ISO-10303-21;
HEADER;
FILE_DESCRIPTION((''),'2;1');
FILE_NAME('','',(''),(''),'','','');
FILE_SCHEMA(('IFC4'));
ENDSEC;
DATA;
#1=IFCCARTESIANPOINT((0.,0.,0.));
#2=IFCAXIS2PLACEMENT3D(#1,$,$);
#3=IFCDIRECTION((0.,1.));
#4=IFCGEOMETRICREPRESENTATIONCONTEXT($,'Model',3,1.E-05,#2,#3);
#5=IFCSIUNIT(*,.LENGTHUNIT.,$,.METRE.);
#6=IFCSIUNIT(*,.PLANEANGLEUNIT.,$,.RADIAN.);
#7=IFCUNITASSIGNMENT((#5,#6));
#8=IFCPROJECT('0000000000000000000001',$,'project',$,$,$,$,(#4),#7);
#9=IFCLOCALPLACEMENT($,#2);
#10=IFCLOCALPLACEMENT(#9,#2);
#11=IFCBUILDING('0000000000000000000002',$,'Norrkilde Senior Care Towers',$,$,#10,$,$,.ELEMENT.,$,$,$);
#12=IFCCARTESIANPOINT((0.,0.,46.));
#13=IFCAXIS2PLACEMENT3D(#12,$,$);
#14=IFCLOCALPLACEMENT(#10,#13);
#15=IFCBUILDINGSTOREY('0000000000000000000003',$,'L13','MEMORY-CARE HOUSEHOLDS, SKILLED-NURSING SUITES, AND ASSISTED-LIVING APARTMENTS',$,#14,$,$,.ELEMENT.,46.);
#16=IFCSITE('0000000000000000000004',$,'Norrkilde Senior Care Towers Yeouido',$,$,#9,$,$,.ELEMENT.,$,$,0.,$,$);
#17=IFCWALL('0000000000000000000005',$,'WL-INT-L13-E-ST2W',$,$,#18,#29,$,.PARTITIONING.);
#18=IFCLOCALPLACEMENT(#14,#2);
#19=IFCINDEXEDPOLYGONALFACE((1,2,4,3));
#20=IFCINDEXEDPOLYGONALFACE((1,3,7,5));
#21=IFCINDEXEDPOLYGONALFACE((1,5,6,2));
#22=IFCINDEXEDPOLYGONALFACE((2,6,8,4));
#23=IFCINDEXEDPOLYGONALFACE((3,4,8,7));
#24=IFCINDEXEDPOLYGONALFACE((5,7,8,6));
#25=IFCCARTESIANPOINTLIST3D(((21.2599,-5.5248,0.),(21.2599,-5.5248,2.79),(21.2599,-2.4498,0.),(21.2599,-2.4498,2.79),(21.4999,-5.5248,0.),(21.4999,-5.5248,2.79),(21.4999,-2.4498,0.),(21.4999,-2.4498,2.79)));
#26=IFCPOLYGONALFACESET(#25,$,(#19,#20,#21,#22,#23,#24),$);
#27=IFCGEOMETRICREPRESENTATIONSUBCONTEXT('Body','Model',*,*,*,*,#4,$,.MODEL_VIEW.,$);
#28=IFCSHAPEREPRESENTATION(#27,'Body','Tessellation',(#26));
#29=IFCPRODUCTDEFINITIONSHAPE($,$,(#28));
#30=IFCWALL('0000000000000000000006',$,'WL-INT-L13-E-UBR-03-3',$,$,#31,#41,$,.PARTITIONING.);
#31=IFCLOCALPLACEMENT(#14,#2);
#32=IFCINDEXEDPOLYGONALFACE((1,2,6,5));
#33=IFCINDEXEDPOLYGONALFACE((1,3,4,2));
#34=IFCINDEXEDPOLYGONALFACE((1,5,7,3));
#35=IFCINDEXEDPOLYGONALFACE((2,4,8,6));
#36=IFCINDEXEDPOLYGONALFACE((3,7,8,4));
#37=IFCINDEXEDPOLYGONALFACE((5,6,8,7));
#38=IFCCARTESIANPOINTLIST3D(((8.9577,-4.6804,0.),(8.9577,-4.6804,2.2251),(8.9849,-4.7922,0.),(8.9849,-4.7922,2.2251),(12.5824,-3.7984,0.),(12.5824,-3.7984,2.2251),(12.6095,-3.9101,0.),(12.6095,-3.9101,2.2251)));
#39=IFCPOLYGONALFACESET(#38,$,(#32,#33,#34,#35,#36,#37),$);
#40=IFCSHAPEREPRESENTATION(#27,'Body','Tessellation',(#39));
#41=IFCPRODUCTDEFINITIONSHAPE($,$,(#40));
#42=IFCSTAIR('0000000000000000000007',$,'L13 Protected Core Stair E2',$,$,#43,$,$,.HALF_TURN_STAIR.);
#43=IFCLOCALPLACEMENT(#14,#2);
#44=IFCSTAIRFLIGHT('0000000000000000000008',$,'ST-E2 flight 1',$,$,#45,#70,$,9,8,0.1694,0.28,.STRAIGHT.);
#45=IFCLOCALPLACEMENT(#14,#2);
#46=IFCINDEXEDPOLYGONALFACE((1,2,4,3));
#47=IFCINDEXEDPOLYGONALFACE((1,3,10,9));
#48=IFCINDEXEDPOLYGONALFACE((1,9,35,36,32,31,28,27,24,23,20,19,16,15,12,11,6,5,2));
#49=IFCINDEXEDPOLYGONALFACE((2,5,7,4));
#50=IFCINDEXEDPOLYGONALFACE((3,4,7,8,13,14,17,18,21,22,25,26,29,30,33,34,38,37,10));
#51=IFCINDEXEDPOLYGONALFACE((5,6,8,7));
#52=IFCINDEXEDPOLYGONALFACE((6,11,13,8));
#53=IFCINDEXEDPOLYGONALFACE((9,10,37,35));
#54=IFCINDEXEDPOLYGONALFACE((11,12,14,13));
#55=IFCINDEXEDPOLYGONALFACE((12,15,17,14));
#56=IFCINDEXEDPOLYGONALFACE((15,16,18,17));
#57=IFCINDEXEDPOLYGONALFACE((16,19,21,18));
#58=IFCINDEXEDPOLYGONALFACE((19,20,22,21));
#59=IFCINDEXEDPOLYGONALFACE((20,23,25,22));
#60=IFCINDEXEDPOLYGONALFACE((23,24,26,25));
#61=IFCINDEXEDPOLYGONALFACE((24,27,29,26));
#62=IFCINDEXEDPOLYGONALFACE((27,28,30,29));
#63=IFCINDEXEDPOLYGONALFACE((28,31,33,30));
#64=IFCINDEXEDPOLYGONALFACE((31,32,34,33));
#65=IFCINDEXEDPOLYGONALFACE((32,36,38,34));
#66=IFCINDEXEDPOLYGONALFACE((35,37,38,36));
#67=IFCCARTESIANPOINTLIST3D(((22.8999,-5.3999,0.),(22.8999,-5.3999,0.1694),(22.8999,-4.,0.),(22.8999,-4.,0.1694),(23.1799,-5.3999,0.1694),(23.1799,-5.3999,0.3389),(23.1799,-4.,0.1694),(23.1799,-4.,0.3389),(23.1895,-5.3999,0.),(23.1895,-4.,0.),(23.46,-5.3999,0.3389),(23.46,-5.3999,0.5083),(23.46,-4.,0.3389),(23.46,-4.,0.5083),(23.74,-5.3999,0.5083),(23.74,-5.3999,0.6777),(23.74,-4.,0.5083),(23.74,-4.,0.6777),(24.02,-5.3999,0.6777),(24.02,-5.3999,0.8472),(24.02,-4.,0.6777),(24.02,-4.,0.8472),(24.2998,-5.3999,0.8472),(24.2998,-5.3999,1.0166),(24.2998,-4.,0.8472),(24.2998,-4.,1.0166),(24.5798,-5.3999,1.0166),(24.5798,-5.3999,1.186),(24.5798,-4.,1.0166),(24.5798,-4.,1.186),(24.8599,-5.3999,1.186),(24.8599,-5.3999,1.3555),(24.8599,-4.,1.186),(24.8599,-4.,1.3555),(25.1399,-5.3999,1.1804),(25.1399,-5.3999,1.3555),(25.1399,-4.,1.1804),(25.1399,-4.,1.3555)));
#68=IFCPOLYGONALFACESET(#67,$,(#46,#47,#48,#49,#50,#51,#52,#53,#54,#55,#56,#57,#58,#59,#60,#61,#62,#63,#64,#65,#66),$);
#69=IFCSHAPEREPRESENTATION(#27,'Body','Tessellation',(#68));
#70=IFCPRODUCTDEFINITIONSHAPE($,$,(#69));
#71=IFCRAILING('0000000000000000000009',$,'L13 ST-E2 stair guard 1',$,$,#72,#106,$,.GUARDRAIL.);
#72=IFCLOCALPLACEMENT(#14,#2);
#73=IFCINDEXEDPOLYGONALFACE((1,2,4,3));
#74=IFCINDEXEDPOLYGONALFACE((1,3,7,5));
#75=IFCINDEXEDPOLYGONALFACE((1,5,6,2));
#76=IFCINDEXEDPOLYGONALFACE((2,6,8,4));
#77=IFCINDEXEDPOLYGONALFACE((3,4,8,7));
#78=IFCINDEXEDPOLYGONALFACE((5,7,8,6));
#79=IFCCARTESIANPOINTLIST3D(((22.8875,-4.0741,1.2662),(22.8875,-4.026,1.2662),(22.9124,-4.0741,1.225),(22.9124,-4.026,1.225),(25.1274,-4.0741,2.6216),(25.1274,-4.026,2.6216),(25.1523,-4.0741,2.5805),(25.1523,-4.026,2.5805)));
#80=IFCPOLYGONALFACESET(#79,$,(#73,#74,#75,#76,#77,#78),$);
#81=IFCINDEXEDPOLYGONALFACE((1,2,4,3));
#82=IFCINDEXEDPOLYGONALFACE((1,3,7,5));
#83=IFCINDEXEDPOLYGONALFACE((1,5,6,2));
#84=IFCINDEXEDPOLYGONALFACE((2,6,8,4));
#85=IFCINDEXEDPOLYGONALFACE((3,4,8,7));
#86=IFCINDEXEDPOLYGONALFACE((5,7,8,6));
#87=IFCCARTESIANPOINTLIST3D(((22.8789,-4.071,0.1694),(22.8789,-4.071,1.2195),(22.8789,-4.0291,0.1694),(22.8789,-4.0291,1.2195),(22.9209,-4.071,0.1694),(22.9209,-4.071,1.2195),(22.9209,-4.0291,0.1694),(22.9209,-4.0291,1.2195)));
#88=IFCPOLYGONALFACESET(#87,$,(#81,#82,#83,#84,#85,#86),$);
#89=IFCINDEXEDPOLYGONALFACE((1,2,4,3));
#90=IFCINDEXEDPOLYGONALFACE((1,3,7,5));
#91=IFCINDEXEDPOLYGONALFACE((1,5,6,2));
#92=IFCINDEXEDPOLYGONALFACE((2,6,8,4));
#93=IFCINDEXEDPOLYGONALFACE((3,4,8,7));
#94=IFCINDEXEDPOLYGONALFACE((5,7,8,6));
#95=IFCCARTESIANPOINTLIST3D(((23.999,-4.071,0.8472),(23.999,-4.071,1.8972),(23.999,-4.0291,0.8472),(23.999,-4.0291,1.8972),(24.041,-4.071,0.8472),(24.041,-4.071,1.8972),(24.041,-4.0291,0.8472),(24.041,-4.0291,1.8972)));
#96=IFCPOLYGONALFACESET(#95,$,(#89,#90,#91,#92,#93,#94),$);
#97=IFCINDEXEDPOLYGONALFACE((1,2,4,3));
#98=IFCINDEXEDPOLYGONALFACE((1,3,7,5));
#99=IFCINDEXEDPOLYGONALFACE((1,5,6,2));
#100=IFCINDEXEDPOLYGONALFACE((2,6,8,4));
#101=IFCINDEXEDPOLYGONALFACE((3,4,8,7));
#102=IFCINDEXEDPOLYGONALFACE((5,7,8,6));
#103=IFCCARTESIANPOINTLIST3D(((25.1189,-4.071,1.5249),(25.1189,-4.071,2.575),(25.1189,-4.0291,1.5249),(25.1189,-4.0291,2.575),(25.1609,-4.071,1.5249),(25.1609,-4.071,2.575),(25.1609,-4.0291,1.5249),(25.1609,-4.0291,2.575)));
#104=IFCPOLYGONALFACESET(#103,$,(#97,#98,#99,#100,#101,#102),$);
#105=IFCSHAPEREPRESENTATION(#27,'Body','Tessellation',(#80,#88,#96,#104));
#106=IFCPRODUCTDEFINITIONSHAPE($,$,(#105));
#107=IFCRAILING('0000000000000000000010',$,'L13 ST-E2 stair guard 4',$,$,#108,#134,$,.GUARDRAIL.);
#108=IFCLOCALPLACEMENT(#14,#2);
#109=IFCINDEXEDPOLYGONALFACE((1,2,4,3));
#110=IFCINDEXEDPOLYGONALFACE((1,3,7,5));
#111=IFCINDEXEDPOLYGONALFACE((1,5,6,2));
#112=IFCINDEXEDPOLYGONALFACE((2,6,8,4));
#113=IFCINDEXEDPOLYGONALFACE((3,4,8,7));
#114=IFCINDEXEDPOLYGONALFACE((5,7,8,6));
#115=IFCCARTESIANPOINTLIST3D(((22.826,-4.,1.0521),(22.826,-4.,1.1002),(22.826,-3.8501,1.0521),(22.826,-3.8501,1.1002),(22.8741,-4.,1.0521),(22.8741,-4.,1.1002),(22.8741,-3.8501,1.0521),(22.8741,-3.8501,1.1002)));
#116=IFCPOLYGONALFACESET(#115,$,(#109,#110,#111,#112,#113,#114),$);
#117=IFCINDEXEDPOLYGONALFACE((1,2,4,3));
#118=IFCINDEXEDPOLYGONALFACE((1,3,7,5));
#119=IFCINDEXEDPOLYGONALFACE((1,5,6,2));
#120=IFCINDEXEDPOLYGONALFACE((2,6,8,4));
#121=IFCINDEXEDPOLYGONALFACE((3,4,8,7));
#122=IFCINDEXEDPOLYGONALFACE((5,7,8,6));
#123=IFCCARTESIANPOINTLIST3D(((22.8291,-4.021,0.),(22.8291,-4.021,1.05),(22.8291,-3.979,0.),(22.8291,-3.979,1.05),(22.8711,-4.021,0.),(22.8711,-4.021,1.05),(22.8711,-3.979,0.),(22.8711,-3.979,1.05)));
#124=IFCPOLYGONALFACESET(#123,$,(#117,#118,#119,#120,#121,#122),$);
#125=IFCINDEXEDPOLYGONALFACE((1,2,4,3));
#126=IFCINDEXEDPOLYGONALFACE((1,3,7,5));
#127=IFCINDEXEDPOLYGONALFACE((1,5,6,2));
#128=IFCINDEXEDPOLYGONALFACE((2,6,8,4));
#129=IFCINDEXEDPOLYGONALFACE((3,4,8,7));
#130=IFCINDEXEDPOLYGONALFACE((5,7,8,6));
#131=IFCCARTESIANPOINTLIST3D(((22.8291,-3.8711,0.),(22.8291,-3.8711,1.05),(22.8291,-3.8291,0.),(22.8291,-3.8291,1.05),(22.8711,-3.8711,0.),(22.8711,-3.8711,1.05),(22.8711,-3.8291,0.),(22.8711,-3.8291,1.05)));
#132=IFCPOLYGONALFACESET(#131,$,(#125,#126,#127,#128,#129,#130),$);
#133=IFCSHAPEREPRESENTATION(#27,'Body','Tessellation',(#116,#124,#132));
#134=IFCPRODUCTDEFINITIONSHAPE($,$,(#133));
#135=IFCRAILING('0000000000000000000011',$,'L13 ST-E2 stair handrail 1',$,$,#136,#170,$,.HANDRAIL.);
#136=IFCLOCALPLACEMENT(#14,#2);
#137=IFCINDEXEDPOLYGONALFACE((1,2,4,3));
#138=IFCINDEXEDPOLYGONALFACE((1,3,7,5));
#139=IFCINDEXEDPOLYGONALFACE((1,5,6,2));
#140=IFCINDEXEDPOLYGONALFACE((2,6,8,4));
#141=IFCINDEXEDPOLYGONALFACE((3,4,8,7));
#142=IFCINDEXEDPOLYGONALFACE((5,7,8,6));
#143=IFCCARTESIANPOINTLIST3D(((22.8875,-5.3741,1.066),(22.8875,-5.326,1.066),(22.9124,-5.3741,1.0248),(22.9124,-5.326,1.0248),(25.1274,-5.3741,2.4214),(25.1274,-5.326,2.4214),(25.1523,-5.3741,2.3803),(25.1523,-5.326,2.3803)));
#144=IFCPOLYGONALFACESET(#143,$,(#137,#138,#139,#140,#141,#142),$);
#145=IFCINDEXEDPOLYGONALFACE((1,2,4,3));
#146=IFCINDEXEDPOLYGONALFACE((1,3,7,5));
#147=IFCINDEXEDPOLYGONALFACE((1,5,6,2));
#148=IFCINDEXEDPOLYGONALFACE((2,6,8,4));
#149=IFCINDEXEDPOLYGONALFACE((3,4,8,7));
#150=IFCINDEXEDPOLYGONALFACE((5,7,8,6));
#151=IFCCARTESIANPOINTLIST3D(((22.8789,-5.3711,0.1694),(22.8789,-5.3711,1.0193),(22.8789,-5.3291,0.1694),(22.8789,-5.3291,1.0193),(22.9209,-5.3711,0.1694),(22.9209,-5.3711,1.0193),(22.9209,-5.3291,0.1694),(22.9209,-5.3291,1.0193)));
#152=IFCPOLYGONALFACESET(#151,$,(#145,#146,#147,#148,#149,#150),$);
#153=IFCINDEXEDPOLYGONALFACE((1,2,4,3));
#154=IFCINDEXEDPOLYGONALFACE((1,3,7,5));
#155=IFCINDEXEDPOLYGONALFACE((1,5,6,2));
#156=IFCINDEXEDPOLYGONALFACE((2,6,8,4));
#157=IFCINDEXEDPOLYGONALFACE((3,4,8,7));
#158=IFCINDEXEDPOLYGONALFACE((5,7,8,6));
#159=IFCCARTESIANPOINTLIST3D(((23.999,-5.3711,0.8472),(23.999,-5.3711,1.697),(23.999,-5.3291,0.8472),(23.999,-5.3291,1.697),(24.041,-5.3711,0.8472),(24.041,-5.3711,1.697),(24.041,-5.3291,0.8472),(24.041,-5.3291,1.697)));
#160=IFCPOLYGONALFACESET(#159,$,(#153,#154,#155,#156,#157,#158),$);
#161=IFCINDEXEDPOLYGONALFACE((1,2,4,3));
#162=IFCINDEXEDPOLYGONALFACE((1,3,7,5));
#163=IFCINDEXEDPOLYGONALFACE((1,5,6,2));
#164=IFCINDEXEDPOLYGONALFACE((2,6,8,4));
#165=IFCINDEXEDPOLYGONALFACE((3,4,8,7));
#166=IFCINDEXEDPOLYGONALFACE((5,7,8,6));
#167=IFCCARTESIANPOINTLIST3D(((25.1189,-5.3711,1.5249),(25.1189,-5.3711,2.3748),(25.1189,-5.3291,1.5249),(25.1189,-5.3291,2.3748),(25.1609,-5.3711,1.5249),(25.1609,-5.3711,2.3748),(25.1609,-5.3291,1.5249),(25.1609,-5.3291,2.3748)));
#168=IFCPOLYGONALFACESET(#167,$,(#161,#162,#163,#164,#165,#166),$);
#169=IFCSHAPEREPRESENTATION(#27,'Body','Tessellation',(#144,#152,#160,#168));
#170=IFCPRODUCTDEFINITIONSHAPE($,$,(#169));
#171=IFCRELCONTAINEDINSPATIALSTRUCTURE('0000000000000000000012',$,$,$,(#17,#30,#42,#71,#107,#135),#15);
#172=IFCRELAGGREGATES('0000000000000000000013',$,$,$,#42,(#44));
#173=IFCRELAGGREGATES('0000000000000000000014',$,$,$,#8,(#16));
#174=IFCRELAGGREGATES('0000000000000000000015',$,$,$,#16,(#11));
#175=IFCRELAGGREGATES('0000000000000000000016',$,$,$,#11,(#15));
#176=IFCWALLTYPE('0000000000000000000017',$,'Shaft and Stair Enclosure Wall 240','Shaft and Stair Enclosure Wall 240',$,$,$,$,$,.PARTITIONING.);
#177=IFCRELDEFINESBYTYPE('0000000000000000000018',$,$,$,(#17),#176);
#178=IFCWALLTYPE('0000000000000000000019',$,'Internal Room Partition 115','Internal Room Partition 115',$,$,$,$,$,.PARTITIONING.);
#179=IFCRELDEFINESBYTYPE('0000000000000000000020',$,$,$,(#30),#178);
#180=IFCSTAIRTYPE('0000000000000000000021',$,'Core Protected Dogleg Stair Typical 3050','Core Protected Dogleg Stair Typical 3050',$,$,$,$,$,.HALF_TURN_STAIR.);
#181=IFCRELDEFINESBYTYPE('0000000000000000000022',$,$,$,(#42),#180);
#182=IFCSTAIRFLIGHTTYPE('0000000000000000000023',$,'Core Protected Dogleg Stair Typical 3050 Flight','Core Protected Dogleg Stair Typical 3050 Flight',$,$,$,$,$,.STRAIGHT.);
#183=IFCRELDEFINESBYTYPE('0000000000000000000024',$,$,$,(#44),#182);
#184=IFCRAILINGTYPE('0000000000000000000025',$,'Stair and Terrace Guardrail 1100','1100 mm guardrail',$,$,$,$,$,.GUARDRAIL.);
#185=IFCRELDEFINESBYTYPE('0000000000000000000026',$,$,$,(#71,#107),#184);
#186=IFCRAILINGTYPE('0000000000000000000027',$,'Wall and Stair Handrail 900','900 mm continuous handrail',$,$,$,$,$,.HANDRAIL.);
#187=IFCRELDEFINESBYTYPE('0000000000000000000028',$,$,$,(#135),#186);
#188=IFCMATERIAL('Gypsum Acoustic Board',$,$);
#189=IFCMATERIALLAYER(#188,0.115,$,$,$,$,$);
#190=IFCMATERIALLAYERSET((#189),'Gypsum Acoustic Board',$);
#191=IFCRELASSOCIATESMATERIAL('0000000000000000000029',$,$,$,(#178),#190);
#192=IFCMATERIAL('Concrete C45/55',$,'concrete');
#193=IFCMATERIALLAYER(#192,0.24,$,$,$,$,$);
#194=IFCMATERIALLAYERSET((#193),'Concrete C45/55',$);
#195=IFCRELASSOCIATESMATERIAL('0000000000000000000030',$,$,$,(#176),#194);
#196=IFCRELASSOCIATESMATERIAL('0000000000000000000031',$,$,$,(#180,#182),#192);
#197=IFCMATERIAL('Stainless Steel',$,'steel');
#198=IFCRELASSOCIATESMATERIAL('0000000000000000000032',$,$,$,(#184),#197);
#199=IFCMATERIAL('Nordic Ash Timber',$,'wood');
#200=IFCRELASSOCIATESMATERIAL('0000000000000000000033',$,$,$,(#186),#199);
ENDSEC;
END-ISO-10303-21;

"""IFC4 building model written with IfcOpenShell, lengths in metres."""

from ifc_helpers import new_model, si_unit, direction, frame, frame_2d, origin, origin_2d, place, context, subcontext, project, spatial, polyline, rectangle, outline, extrude, source, transform, mapped, material, layer, layer_set, type_object, element, aggregate, save


model = new_model("IFC4")

# Units and contexts
model_context = context("Model", 3, precision=1e-05, world=origin(), true_north=direction((0.0, 1.0)))
body_context = subcontext(model_context, "Body", "Model", "MODEL_VIEW")
ifc_project = project(units=[si_unit("LENGTHUNIT", "METRE"), si_unit("PLANEANGLEUNIT", "RADIAN")], contexts=[model_context])

# Site, building, storey
site_placement = place(None, origin())
site = spatial("IfcSite", under=ifc_project, at=site_placement, Name="Norrkilde Senior Care Towers Yeouido", CompositionType="ELEMENT", RefElevation=0.0)
building_placement = place(site_placement, origin())
building = spatial("IfcBuilding", under=site, at=building_placement, Name="Norrkilde Senior Care Towers", CompositionType="ELEMENT")
storey_placement = place(building_placement, frame((0.0, 0.0, 46.0)))
storey = spatial("IfcBuildingStorey", under=building, at=storey_placement, Name="L13", Description="MEMORY-CARE HOUSEHOLDS, SKILLED-NURSING SUITES, AND ASSISTED-LIVING APARTMENTS", CompositionType="ELEMENT", Elevation=46.0)

# Shared definitions
ifc_material_1 = material(Name="Concrete C45/55", Category="concrete")
ifc_material_2 = material(Name="Stainless Steel", Category="steel")

# Shared definitions
ifc_material_3 = material(Name="Gypsum Acoustic Board")
ifc_layer_1 = layer(ifc_material_3, 0.115)
ifc_layer_set_1 = layer_set([ifc_layer_1], Name="Gypsum Acoustic Board")
wall_type_1 = type_object("IfcWallType", Name="Internal Room Partition 115", Description="Internal Room Partition 115", PredefinedType="PARTITIONING", material=ifc_layer_set_1)
ifc_material_4 = material(Name="Nordic Ash Timber", Category="wood")
ifc_layer_2 = layer(ifc_material_1, 0.24)
ifc_layer_set_2 = layer_set([ifc_layer_2], Name="Concrete C45/55")
wall_type_2 = type_object("IfcWallType", Name="Shaft and Stair Enclosure Wall 240", Description="Shaft and Stair Enclosure Wall 240", PredefinedType="PARTITIONING", material=ifc_layer_set_2)

# Walls
shared_shape_1 = source(origin(), body_context, "Body", "SweptSolid", [
    extrude(rectangle(XDim=3.075, YDim=0.24, at=frame_2d((1.5376, 0.0))), origin(), (0.0, 0.0, 1.0), 2.79),
])
wall_1_placement = place(storey_placement, frame((21.3799, -5.5249, 0.0), z_axis=(0.0, 0.0, 1.0), x_axis=(0.0, 1.0, 0.0)))
element("IfcWall", 1, at=wall_1_placement, inside=storey, type_object=wall_type_2, Name="WL-INT-L13-E-ST2W", PredefinedType="PARTITIONING", context=body_context, shape_type="MappedRepresentation", body=[
    mapped(shared_shape_1, transform((0.0, 0.0, 0.0), x_axis=(1.0, 0.0, 0.0), y_axis=(0.0, 1.0, 0.0), z_axis=(0.0, 0.0, 1.0), scale=1.0)),
])
shared_shape_2 = source(origin(), body_context, "Body", "SweptSolid", [
    extrude(rectangle(XDim=3.7305, YDim=0.115, at=frame_2d((1.8652, 0.0))), origin(), (0.0, 0.0, 1.0), 2.2251),
])
wall_2_placement = place(storey_placement, frame((12.5959, -3.8542, 0.0), z_axis=(0.0, 0.0, 1.0), x_axis=(-0.971644, -0.236448, 0.0)))
element("IfcWall", 2, at=wall_2_placement, inside=storey, type_object=wall_type_1, Name="WL-INT-L13-E-UBR-03-3", PredefinedType="PARTITIONING", context=body_context, shape_type="MappedRepresentation", body=[
    mapped(shared_shape_2, transform((0.0, 0.0, 0.0), x_axis=(1.0, 0.0, 0.0), y_axis=(0.0, 1.0, 0.0), z_axis=(0.0, 0.0, 1.0), scale=1.0)),
])

# Stair, stair flight
stair_type = type_object("IfcStairType", Name="Core Protected Dogleg Stair Typical 3050", Description="Core Protected Dogleg Stair Typical 3050", PredefinedType="HALF_TURN_STAIR", material=ifc_material_1)
stair_placement = place(storey_placement, origin())
stair = element("IfcStair", 3, at=stair_placement, inside=storey, type_object=stair_type, Name="L13 Protected Core Stair E2", PredefinedType="HALF_TURN_STAIR")
stair_flight_type = type_object("IfcStairFlightType", Name="Core Protected Dogleg Stair Typical 3050 Flight", Description="Core Protected Dogleg Stair Typical 3050 Flight", PredefinedType="STRAIGHT", material=ifc_material_1)
stair_flight_placement = place(storey_placement, frame((22.8999, -4.7, 0.0), z_axis=(0.0, 0.0, 1.0), x_axis=(1.0, 0.0, 0.0)))
stair_flight = element("IfcStairFlight", 4, at=stair_flight_placement, type_object=stair_flight_type, Name="ST-E2 flight 1", NumberOfRisers=9, NumberOfTreads=8, PredefinedType="STRAIGHT", RiserHeight=0.1694, TreadLength=0.28, context=body_context, shape_type="SweptSolid", body=[
    extrude(outline(polyline([(0.0, 0.0), (0.0, 0.1694), (0.28, 0.1694), (0.28, 0.3389), (0.5601, 0.3389), (0.5601, 0.5083), (0.8401, 0.5083), (0.8401, 0.6777), (1.1201, 0.6777), (1.1201, 0.8472), (1.3999, 0.8472), (1.3999, 1.0166), (1.6799, 1.0166), (1.6799, 1.186), (1.96, 1.186), (1.96, 1.3555), (2.24, 1.3555), (2.24, 1.5249), (2.24, 1.1804), (0.2896, 0.0), (0.0, 0.0)])), frame((0.0, 0.7, 0.0), z_axis=(0.0, -1.0, 0.0), x_axis=(1.0, 0.0, 0.0)), (0.0, 0.0, 1.0), 1.3999),
])
aggregate(stair, [stair_flight])

# Railings
railing_type_1 = type_object("IfcRailingType", Name="Stair and Terrace Guardrail 1100", Description="1100 mm guardrail", PredefinedType="GUARDRAIL", material=ifc_material_2)
railing_1_placement = place(storey_placement, frame((22.8999, -4.05, 0.1694)))
element("IfcRailing", 5, at=railing_1_placement, inside=storey, type_object=railing_type_1, Name="L13 ST-E2 stair guard 1", PredefinedType="GUARDRAIL", context=body_context, shape_type="SweptSolid", body=[
    extrude(rectangle(XDim=0.0481, YDim=0.0481, at=origin_2d()), frame((0.0, 0.0, 1.0762), z_axis=(0.855553, 0.0, 0.517715), x_axis=(0.0, 1.0, 0.0)), (0.0, 0.0, 1.0), 2.6182),
    extrude(rectangle(XDim=0.042, YDim=0.042, at=origin_2d()), origin(), (0.0, 0.0, 1.0), 1.05),
    extrude(rectangle(XDim=0.042, YDim=0.042, at=origin_2d()), frame((1.1201, 0.0, 0.6777)), (0.0, 0.0, 1.0), 1.05),
    extrude(rectangle(XDim=0.042, YDim=0.042, at=origin_2d()), frame((2.24, 0.0, 1.3555)), (0.0, 0.0, 1.0), 1.05),
])
railing_2_placement = place(storey_placement, frame((22.8501, -4.0, 0.0)))
element("IfcRailing", 6, at=railing_2_placement, inside=storey, type_object=railing_type_1, Name="L13 ST-E2 stair guard 4", PredefinedType="GUARDRAIL", context=body_context, shape_type="SweptSolid", body=[
    extrude(rectangle(XDim=0.0481, YDim=0.0481, at=origin_2d()), frame((0.0, 0.0, 1.0762), z_axis=(0.0, 1.0, 0.0), x_axis=(-1.0, 0.0, 0.0)), (0.0, 0.0, 1.0), 0.1499),
    extrude(rectangle(XDim=0.042, YDim=0.042, at=origin_2d()), origin(), (0.0, 0.0, 1.0), 1.05),
    extrude(rectangle(XDim=0.042, YDim=0.042, at=origin_2d()), frame((0.0, 0.1499, 0.0)), (0.0, 0.0, 1.0), 1.05),
])
railing_type_2 = type_object("IfcRailingType", Name="Wall and Stair Handrail 900", Description="900 mm continuous handrail", PredefinedType="HANDRAIL", material=ifc_material_4)
railing_3_placement = place(storey_placement, frame((22.8999, -5.3501, 0.1694)))
element("IfcRailing", 7, at=railing_3_placement, inside=storey, type_object=railing_type_2, Name="L13 ST-E2 stair handrail 1", PredefinedType="HANDRAIL", context=body_context, shape_type="SweptSolid", body=[
    extrude(rectangle(XDim=0.0481, YDim=0.0481, at=origin_2d()), frame((0.0, 0.0, 0.876), z_axis=(0.855553, 0.0, 0.517715), x_axis=(0.0, 1.0, 0.0)), (0.0, 0.0, 1.0), 2.6182),
    extrude(rectangle(XDim=0.042, YDim=0.042, at=origin_2d()), origin(), (0.0, 0.0, 1.0), 0.8499),
    extrude(rectangle(XDim=0.042, YDim=0.042, at=origin_2d()), frame((1.1201, 0.0, 0.6777)), (0.0, 0.0, 1.0), 0.8499),
    extrude(rectangle(XDim=0.042, YDim=0.042, at=origin_2d()), frame((2.24, 0.0, 1.3555)), (0.0, 0.0, 1.0), 0.8499),
])

save(model, "model.ifc")
